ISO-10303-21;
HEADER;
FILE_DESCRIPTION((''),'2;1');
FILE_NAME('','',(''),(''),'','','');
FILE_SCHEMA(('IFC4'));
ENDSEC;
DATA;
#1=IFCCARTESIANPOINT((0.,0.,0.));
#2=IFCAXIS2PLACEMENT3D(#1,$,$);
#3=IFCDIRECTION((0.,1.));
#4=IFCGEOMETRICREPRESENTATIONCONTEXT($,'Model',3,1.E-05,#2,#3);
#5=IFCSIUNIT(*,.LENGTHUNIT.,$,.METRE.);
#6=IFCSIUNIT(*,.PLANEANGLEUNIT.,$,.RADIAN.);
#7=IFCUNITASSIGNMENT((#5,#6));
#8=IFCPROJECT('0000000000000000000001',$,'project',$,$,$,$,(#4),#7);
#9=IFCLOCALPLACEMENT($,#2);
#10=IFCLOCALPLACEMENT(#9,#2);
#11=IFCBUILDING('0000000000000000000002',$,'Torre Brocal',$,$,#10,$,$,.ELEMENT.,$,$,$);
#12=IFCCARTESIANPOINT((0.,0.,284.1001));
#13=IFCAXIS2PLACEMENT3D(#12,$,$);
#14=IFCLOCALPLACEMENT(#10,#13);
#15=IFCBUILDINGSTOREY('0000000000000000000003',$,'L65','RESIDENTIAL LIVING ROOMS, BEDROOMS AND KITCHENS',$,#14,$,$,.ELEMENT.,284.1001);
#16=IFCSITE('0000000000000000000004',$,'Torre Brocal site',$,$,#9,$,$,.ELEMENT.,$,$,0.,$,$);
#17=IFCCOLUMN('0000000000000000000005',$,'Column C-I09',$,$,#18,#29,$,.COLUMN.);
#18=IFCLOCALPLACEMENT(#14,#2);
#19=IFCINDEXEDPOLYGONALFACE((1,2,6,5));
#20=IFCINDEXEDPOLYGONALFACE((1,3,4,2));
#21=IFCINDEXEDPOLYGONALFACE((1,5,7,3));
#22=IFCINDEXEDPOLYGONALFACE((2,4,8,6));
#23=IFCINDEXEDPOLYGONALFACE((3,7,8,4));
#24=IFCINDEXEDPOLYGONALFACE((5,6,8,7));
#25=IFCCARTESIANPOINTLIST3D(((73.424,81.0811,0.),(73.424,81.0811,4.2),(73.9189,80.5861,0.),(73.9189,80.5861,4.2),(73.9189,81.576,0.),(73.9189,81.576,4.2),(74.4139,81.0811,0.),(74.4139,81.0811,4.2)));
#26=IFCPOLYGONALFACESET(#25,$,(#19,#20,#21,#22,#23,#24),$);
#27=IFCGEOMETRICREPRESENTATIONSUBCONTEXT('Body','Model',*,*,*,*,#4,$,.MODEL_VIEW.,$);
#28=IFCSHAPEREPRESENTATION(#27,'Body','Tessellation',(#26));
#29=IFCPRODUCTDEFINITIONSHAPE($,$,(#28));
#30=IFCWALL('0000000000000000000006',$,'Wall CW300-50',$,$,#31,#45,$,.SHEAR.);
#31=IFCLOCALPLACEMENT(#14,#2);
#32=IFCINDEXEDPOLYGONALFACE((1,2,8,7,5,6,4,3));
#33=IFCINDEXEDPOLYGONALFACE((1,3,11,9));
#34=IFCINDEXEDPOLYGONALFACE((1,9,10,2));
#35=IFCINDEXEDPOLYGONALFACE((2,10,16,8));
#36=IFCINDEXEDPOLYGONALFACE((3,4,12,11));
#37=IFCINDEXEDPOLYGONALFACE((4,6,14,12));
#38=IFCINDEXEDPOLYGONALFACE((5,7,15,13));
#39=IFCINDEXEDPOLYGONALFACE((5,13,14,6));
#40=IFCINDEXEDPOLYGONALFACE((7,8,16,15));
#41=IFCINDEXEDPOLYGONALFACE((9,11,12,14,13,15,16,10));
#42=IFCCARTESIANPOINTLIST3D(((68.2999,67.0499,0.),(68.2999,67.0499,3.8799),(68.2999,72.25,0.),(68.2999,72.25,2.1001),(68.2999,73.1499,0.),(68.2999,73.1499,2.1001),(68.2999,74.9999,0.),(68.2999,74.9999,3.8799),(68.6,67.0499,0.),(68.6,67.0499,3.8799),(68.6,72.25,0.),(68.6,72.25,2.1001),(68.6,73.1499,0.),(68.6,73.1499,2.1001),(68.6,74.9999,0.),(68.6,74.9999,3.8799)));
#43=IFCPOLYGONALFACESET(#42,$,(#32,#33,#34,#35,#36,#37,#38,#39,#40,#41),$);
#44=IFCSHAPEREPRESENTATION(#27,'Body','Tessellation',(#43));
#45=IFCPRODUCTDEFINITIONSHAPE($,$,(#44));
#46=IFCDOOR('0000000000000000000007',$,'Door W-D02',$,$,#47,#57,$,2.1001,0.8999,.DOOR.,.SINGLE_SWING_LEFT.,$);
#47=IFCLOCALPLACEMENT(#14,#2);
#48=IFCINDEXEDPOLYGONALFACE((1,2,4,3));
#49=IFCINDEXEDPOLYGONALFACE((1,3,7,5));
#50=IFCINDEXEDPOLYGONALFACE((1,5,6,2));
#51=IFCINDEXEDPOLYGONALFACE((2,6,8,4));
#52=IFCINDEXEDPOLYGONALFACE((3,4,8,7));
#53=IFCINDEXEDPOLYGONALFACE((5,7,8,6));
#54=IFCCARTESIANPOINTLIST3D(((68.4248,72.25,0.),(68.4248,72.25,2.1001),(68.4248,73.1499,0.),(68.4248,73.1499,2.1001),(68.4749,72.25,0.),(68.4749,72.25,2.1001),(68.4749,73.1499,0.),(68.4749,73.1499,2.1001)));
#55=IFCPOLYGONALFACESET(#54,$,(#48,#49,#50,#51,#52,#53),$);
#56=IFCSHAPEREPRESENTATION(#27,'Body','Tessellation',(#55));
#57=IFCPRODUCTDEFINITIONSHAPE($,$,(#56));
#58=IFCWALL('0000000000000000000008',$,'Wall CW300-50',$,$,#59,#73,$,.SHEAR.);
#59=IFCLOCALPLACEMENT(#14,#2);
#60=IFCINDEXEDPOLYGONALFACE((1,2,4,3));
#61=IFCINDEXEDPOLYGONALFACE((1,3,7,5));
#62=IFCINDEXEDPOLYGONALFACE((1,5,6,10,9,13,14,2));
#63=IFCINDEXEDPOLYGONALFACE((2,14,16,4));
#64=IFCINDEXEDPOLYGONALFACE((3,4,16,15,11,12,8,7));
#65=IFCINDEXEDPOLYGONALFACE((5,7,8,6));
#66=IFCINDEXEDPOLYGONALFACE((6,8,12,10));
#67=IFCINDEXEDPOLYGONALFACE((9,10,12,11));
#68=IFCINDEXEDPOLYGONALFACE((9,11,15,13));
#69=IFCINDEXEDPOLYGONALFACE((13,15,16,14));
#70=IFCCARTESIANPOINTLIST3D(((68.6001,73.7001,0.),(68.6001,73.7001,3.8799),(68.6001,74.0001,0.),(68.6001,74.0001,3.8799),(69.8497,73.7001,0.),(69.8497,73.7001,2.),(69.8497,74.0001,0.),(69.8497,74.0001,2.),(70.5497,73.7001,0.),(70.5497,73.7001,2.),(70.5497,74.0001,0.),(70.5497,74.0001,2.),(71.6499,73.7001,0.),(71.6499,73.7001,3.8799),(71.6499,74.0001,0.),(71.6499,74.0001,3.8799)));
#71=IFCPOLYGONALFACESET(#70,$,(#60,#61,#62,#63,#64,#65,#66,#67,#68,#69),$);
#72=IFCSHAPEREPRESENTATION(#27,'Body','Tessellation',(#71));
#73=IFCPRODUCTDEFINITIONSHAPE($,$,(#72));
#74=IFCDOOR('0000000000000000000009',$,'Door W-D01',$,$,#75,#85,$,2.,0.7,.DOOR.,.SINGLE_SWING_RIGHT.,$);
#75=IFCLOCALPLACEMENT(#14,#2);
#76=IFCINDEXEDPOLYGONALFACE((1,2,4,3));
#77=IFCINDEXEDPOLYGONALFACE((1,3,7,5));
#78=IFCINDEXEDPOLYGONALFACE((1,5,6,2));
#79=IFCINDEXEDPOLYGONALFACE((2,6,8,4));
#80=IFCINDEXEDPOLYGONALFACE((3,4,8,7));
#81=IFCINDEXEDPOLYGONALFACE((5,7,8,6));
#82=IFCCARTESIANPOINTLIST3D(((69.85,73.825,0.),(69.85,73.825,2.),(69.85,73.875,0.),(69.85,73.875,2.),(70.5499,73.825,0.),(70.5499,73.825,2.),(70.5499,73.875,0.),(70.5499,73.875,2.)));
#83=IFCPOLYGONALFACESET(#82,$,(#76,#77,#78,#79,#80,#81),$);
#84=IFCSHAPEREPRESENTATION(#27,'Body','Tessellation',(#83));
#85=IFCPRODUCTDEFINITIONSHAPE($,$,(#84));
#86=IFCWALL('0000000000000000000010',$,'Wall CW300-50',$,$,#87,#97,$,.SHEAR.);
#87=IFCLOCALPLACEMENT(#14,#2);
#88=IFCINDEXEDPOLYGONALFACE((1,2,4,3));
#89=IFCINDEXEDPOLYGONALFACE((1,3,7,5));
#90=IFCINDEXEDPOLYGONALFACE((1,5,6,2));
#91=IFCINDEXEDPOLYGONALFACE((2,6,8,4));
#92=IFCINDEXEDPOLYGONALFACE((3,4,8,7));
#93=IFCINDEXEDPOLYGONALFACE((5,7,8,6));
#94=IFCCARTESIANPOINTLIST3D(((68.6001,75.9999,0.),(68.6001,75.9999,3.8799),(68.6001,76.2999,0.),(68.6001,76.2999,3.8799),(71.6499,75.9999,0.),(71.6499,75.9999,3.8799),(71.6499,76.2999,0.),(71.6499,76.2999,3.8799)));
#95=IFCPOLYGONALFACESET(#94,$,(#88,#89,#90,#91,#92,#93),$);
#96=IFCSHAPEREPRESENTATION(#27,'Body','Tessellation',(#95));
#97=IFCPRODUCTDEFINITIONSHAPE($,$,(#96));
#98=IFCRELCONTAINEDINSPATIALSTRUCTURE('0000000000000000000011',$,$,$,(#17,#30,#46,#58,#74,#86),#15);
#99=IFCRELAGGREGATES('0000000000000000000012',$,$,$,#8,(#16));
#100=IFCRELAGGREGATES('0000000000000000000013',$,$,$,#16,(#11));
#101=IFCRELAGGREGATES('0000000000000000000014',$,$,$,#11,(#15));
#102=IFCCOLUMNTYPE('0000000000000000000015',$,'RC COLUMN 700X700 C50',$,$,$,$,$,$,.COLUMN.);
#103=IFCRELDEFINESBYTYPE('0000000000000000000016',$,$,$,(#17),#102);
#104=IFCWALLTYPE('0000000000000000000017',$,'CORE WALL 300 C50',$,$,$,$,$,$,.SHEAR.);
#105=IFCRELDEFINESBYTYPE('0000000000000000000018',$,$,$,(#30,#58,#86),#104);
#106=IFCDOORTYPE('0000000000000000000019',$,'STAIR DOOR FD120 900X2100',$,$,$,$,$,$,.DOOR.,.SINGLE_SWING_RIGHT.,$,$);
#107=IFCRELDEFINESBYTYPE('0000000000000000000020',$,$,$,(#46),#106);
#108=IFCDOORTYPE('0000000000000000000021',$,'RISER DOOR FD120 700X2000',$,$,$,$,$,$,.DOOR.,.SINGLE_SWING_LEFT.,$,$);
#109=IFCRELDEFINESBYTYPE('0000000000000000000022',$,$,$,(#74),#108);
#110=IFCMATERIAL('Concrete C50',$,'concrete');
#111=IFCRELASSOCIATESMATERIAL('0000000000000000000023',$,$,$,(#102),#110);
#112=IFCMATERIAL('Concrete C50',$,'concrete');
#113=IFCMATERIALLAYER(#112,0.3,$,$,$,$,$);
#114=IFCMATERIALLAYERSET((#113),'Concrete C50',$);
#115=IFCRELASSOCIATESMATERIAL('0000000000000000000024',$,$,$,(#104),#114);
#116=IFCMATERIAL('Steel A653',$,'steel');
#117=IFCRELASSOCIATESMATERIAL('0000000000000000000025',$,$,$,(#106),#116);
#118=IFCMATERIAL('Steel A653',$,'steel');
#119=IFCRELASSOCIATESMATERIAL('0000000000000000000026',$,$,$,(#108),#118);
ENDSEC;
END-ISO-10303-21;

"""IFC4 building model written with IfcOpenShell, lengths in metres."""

from ifc_helpers import new_model, si_unit, direction, frame, frame_2d, origin, origin_2d, place, context, subcontext, project, spatial, rectangle, extrude, material, layer, layer_set, material_profile, profile_set, type_object, element, fill, save


model = new_model("IFC4")

# Units and contexts
model_context = context("Model", 3, precision=1e-05, world=origin(), true_north=direction((0.0, 1.0)))
body_context = subcontext(model_context, "Body", "Model", "MODEL_VIEW")
ifc_project = project(units=[si_unit("LENGTHUNIT", "METRE"), si_unit("PLANEANGLEUNIT", "RADIAN")], contexts=[model_context])

# Site, building, storey
site_placement = place(None, origin())
site = spatial("IfcSite", under=ifc_project, at=site_placement, Name="Torre Brocal site", CompositionType="ELEMENT", RefElevation=0.0)
building_placement = place(site_placement, origin())
building = spatial("IfcBuilding", under=site, at=building_placement, Name="Torre Brocal", CompositionType="ELEMENT")
storey_placement = place(building_placement, frame((0.0, 0.0, 284.1001)))
storey = spatial("IfcBuildingStorey", under=building, at=storey_placement, Name="L65", Description="RESIDENTIAL LIVING ROOMS, BEDROOMS AND KITCHENS", CompositionType="ELEMENT", Elevation=284.1001)

# Column
ifc_material_1 = material(Name="Concrete C50", Category="concrete")
ifc_material_profile = material_profile(ifc_material_1, rectangle(XDim=0.7, YDim=0.7, at=origin_2d()), Name="RC 700X700")
ifc_profile_set = profile_set([ifc_material_profile], Name="Concrete C50")
column_type = type_object("IfcColumnType", Name="RC COLUMN 700X700 C50", PredefinedType="COLUMN", material=ifc_profile_set)
column_placement = place(storey_placement, frame((73.9189, 81.0811, 0.0), z_axis=(0.0, 0.0, 1.0), x_axis=(-0.707107, 0.707107, 0.0)))
element("IfcColumn", 1, at=column_placement, inside=storey, type_object=column_type, Name="Column C-I09", PredefinedType="COLUMN", context=body_context, shape_type="SweptSolid", body=[
    extrude(rectangle(XDim=0.7, YDim=0.7, at=origin_2d()), origin(), (0.0, 0.0, 1.0), 4.2),
])

# Walls, openings, doors
ifc_material_2 = material(Name="Concrete C50", Category="concrete")
ifc_layer_1 = layer(ifc_material_2, 0.3)
ifc_layer_set_1 = layer_set([ifc_layer_1], Name="Concrete C50")
wall_type_1 = type_object("IfcWallType", Name="CORE WALL 300 C50", PredefinedType="SHEAR", material=ifc_layer_set_1)
wall_1_placement = place(storey_placement, frame((68.45, 75.0, 0.0), z_axis=(0.0, 0.0, 1.0), x_axis=(0.0, -1.0, 0.0)))
wall_1 = element("IfcWall", 2, at=wall_1_placement, inside=storey, type_object=wall_type_1, Name="Wall CW300-50", PredefinedType="SHEAR", context=body_context, shape_type="SweptSolid", body=[
    extrude(rectangle(XDim=7.95, YDim=0.3, at=frame_2d((3.9751, 0.0))), origin(), (0.0, 0.0, 1.0), 3.8799),
])
opening_1_placement = place(wall_1_placement, frame((1.8501, 0.0, 0.0)))
opening_1 = element("IfcOpeningElement", 3, at=opening_1_placement, cuts=wall_1, PredefinedType="OPENING", context=body_context, shape_type="SweptSolid", body=[
    extrude(rectangle(XDim=0.8999, YDim=2.1001, at=frame_2d((0.45, 1.05))), frame((0.0, 0.1599, 0.0), z_axis=(0.0, -1.0, 0.0), x_axis=(1.0, 0.0, 0.0)), (0.0, 0.0, 1.0), 0.3201),
])
ifc_material_3 = material(Name="Steel A653", Category="steel")
door_type_1 = type_object("IfcDoorType", Name="STAIR DOOR FD120 900X2100", OperationType="SINGLE_SWING_RIGHT", PredefinedType="DOOR", material=ifc_material_3)
door_1_placement = place(opening_1_placement, origin())
door_1 = element("IfcDoor", 4, at=door_1_placement, inside=storey, type_object=door_type_1, Name="Door W-D02", OperationType="SINGLE_SWING_LEFT", OverallHeight=2.1001, OverallWidth=0.8999, PredefinedType="DOOR", context=body_context, shape_type="SweptSolid", body=[
    extrude(rectangle(XDim=0.8999, YDim=2.1001, at=frame_2d((0.45, 1.05))), frame((0.0, 0.0249, 0.0), z_axis=(0.0, -1.0, 0.0), x_axis=(1.0, 0.0, 0.0)), (0.0, 0.0, 1.0), 0.05),
])
fill(opening_1, door_1)
wall_2_placement = place(storey_placement, frame((71.6499, 73.8501, 0.0), z_axis=(0.0, 0.0, 1.0), x_axis=(-1.0, 0.0, 0.0)))
wall_2 = element("IfcWall", 5, at=wall_2_placement, inside=storey, type_object=wall_type_1, Name="Wall CW300-50", PredefinedType="SHEAR", context=body_context, shape_type="SweptSolid", body=[
    extrude(rectangle(XDim=3.0498, YDim=0.3, at=frame_2d((1.5249, 0.0))), origin(), (0.0, 0.0, 1.0), 3.8799),
])
opening_2_placement = place(wall_2_placement, frame((1.1001, 0.0, 0.0)))
opening_2 = element("IfcOpeningElement", 6, at=opening_2_placement, cuts=wall_2, PredefinedType="OPENING", context=body_context, shape_type="SweptSolid", body=[
    extrude(rectangle(XDim=0.7, YDim=2.0, at=frame_2d((0.3501, 1.0))), frame((0.0, 0.1599, 0.0), z_axis=(0.0, -1.0, 0.0), x_axis=(1.0, 0.0, 0.0)), (0.0, 0.0, 1.0), 0.3201),
])
ifc_material_4 = material(Name="Steel A653", Category="steel")
door_type_2 = type_object("IfcDoorType", Name="RISER DOOR FD120 700X2000", OperationType="SINGLE_SWING_LEFT", PredefinedType="DOOR", material=ifc_material_4)
door_2_placement = place(opening_2_placement, frame((0.7, 0.0, 0.0), z_axis=(0.0, 0.0, 1.0), x_axis=(-1.0, 0.0, 0.0)))
door_2 = element("IfcDoor", 7, at=door_2_placement, inside=storey, type_object=door_type_2, Name="Door W-D01", OperationType="SINGLE_SWING_RIGHT", OverallHeight=2.0, OverallWidth=0.7, PredefinedType="DOOR", context=body_context, shape_type="SweptSolid", body=[
    extrude(rectangle(XDim=0.7, YDim=2.0, at=frame_2d((0.3501, 1.0))), frame((0.0, 0.0249, 0.0), z_axis=(0.0, -1.0, 0.0), x_axis=(1.0, 0.0, 0.0)), (0.0, 0.0, 1.0), 0.05),
])
fill(opening_2, door_2)

# Wall
wall_3_placement = place(storey_placement, frame((71.6499, 76.1499, 0.0), z_axis=(0.0, 0.0, 1.0), x_axis=(-1.0, 0.0, 0.0)))
element("IfcWall", 8, at=wall_3_placement, inside=storey, type_object=wall_type_1, Name="Wall CW300-50", PredefinedType="SHEAR", context=body_context, shape_type="SweptSolid", body=[
    extrude(rectangle(XDim=3.0498, YDim=0.3, at=frame_2d((1.5249, 0.0))), origin(), (0.0, 0.0, 1.0), 3.8799),
])

save(model, "model.ifc")
